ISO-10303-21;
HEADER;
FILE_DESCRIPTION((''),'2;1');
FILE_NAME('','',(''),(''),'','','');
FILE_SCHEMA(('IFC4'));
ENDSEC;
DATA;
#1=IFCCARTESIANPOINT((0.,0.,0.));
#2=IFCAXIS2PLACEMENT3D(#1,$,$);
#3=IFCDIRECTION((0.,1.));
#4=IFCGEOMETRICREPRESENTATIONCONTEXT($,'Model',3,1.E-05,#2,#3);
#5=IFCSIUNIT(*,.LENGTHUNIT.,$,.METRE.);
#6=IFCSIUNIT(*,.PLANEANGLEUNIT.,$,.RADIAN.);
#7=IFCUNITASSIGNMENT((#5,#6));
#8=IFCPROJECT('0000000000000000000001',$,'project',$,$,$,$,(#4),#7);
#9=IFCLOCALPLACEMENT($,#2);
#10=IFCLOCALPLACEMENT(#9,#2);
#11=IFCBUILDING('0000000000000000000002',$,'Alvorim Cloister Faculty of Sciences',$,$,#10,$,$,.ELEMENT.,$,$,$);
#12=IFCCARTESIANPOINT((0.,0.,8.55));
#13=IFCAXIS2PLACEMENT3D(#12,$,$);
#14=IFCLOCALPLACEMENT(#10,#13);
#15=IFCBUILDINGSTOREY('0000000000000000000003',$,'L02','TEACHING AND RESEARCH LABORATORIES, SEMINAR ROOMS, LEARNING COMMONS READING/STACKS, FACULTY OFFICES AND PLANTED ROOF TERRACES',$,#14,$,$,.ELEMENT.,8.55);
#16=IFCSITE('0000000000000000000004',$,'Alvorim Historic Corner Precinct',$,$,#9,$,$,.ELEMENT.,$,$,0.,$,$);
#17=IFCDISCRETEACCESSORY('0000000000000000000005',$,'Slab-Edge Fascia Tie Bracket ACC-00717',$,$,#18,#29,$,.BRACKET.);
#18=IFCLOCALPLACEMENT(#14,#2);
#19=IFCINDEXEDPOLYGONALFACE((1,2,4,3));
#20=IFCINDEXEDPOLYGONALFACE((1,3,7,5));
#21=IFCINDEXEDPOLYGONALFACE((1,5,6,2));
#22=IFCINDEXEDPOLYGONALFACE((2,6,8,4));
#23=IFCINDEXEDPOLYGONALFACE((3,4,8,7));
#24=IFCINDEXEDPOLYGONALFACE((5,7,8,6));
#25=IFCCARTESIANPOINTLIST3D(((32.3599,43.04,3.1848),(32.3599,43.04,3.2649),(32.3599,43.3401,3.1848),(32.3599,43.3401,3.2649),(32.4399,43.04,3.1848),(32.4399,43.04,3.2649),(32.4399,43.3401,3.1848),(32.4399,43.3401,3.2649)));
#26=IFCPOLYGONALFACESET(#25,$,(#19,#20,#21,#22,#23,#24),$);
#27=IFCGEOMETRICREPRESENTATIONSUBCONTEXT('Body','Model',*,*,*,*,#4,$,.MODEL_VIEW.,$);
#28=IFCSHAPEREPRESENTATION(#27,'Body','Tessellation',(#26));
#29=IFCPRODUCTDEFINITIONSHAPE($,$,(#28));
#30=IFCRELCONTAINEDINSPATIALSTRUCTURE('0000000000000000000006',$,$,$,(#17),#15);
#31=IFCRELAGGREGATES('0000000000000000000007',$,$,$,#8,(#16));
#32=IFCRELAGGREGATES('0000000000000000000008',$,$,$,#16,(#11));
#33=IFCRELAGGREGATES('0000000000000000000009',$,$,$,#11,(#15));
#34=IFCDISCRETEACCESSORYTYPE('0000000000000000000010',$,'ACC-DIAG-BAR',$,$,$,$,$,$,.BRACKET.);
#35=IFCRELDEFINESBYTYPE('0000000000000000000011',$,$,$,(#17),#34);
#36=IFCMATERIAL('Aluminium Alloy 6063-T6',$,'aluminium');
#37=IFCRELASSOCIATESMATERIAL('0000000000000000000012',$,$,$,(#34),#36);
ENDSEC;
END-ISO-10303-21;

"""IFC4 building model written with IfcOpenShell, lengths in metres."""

from ifc_helpers import new_model, si_unit, direction, frame, origin, origin_2d, place, context, subcontext, project, spatial, rectangle, extrude, material, type_object, element, save


model = new_model("IFC4")

# Units and contexts
model_context = context("Model", 3, precision=1e-05, world=origin(), true_north=direction((0.0, 1.0)))
body_context = subcontext(model_context, "Body", "Model", "MODEL_VIEW")
ifc_project = project(units=[si_unit("LENGTHUNIT", "METRE"), si_unit("PLANEANGLEUNIT", "RADIAN")], contexts=[model_context])

# Site, building, storey
site_placement = place(None, origin())
site = spatial("IfcSite", under=ifc_project, at=site_placement, Name="Alvorim Historic Corner Precinct", CompositionType="ELEMENT", RefElevation=0.0)
building_placement = place(site_placement, origin())
building = spatial("IfcBuilding", under=site, at=building_placement, Name="Alvorim Cloister Faculty of Sciences", CompositionType="ELEMENT")
storey_placement = place(building_placement, frame((0.0, 0.0, 8.55)))
storey = spatial("IfcBuildingStorey", under=building, at=storey_placement, Name="L02", Description="TEACHING AND RESEARCH LABORATORIES, SEMINAR ROOMS, LEARNING COMMONS READING/STACKS, FACULTY OFFICES AND PLANTED ROOF TERRACES", CompositionType="ELEMENT", Elevation=8.55)

# Shared definitions
ifc_material_1 = material(Name="Aluminium Alloy 6063-T6", Category="aluminium")

# Discrete accessory
discrete_accessory_type = type_object("IfcDiscreteAccessoryType", Name="ACC-DIAG-BAR", PredefinedType="BRACKET", material=ifc_material_1)
discrete_accessory_placement = place(storey_placement, frame((32.3999, 43.3401, 3.2249), z_axis=(0.0, -1.0, 0.0), x_axis=(1.0, 0.0, 0.0)))
element("IfcDiscreteAccessory", 1, at=discrete_accessory_placement, inside=storey, type_object=discrete_accessory_type, Name="Slab-Edge Fascia Tie Bracket ACC-00717", PredefinedType="BRACKET", context=body_context, shape_type="SweptSolid", body=[
    extrude(rectangle(XDim=0.0801, YDim=0.0801, at=origin_2d()), origin(), (0.0, 0.0, 1.0), 0.3),
])

save(model, "model.ifc")
